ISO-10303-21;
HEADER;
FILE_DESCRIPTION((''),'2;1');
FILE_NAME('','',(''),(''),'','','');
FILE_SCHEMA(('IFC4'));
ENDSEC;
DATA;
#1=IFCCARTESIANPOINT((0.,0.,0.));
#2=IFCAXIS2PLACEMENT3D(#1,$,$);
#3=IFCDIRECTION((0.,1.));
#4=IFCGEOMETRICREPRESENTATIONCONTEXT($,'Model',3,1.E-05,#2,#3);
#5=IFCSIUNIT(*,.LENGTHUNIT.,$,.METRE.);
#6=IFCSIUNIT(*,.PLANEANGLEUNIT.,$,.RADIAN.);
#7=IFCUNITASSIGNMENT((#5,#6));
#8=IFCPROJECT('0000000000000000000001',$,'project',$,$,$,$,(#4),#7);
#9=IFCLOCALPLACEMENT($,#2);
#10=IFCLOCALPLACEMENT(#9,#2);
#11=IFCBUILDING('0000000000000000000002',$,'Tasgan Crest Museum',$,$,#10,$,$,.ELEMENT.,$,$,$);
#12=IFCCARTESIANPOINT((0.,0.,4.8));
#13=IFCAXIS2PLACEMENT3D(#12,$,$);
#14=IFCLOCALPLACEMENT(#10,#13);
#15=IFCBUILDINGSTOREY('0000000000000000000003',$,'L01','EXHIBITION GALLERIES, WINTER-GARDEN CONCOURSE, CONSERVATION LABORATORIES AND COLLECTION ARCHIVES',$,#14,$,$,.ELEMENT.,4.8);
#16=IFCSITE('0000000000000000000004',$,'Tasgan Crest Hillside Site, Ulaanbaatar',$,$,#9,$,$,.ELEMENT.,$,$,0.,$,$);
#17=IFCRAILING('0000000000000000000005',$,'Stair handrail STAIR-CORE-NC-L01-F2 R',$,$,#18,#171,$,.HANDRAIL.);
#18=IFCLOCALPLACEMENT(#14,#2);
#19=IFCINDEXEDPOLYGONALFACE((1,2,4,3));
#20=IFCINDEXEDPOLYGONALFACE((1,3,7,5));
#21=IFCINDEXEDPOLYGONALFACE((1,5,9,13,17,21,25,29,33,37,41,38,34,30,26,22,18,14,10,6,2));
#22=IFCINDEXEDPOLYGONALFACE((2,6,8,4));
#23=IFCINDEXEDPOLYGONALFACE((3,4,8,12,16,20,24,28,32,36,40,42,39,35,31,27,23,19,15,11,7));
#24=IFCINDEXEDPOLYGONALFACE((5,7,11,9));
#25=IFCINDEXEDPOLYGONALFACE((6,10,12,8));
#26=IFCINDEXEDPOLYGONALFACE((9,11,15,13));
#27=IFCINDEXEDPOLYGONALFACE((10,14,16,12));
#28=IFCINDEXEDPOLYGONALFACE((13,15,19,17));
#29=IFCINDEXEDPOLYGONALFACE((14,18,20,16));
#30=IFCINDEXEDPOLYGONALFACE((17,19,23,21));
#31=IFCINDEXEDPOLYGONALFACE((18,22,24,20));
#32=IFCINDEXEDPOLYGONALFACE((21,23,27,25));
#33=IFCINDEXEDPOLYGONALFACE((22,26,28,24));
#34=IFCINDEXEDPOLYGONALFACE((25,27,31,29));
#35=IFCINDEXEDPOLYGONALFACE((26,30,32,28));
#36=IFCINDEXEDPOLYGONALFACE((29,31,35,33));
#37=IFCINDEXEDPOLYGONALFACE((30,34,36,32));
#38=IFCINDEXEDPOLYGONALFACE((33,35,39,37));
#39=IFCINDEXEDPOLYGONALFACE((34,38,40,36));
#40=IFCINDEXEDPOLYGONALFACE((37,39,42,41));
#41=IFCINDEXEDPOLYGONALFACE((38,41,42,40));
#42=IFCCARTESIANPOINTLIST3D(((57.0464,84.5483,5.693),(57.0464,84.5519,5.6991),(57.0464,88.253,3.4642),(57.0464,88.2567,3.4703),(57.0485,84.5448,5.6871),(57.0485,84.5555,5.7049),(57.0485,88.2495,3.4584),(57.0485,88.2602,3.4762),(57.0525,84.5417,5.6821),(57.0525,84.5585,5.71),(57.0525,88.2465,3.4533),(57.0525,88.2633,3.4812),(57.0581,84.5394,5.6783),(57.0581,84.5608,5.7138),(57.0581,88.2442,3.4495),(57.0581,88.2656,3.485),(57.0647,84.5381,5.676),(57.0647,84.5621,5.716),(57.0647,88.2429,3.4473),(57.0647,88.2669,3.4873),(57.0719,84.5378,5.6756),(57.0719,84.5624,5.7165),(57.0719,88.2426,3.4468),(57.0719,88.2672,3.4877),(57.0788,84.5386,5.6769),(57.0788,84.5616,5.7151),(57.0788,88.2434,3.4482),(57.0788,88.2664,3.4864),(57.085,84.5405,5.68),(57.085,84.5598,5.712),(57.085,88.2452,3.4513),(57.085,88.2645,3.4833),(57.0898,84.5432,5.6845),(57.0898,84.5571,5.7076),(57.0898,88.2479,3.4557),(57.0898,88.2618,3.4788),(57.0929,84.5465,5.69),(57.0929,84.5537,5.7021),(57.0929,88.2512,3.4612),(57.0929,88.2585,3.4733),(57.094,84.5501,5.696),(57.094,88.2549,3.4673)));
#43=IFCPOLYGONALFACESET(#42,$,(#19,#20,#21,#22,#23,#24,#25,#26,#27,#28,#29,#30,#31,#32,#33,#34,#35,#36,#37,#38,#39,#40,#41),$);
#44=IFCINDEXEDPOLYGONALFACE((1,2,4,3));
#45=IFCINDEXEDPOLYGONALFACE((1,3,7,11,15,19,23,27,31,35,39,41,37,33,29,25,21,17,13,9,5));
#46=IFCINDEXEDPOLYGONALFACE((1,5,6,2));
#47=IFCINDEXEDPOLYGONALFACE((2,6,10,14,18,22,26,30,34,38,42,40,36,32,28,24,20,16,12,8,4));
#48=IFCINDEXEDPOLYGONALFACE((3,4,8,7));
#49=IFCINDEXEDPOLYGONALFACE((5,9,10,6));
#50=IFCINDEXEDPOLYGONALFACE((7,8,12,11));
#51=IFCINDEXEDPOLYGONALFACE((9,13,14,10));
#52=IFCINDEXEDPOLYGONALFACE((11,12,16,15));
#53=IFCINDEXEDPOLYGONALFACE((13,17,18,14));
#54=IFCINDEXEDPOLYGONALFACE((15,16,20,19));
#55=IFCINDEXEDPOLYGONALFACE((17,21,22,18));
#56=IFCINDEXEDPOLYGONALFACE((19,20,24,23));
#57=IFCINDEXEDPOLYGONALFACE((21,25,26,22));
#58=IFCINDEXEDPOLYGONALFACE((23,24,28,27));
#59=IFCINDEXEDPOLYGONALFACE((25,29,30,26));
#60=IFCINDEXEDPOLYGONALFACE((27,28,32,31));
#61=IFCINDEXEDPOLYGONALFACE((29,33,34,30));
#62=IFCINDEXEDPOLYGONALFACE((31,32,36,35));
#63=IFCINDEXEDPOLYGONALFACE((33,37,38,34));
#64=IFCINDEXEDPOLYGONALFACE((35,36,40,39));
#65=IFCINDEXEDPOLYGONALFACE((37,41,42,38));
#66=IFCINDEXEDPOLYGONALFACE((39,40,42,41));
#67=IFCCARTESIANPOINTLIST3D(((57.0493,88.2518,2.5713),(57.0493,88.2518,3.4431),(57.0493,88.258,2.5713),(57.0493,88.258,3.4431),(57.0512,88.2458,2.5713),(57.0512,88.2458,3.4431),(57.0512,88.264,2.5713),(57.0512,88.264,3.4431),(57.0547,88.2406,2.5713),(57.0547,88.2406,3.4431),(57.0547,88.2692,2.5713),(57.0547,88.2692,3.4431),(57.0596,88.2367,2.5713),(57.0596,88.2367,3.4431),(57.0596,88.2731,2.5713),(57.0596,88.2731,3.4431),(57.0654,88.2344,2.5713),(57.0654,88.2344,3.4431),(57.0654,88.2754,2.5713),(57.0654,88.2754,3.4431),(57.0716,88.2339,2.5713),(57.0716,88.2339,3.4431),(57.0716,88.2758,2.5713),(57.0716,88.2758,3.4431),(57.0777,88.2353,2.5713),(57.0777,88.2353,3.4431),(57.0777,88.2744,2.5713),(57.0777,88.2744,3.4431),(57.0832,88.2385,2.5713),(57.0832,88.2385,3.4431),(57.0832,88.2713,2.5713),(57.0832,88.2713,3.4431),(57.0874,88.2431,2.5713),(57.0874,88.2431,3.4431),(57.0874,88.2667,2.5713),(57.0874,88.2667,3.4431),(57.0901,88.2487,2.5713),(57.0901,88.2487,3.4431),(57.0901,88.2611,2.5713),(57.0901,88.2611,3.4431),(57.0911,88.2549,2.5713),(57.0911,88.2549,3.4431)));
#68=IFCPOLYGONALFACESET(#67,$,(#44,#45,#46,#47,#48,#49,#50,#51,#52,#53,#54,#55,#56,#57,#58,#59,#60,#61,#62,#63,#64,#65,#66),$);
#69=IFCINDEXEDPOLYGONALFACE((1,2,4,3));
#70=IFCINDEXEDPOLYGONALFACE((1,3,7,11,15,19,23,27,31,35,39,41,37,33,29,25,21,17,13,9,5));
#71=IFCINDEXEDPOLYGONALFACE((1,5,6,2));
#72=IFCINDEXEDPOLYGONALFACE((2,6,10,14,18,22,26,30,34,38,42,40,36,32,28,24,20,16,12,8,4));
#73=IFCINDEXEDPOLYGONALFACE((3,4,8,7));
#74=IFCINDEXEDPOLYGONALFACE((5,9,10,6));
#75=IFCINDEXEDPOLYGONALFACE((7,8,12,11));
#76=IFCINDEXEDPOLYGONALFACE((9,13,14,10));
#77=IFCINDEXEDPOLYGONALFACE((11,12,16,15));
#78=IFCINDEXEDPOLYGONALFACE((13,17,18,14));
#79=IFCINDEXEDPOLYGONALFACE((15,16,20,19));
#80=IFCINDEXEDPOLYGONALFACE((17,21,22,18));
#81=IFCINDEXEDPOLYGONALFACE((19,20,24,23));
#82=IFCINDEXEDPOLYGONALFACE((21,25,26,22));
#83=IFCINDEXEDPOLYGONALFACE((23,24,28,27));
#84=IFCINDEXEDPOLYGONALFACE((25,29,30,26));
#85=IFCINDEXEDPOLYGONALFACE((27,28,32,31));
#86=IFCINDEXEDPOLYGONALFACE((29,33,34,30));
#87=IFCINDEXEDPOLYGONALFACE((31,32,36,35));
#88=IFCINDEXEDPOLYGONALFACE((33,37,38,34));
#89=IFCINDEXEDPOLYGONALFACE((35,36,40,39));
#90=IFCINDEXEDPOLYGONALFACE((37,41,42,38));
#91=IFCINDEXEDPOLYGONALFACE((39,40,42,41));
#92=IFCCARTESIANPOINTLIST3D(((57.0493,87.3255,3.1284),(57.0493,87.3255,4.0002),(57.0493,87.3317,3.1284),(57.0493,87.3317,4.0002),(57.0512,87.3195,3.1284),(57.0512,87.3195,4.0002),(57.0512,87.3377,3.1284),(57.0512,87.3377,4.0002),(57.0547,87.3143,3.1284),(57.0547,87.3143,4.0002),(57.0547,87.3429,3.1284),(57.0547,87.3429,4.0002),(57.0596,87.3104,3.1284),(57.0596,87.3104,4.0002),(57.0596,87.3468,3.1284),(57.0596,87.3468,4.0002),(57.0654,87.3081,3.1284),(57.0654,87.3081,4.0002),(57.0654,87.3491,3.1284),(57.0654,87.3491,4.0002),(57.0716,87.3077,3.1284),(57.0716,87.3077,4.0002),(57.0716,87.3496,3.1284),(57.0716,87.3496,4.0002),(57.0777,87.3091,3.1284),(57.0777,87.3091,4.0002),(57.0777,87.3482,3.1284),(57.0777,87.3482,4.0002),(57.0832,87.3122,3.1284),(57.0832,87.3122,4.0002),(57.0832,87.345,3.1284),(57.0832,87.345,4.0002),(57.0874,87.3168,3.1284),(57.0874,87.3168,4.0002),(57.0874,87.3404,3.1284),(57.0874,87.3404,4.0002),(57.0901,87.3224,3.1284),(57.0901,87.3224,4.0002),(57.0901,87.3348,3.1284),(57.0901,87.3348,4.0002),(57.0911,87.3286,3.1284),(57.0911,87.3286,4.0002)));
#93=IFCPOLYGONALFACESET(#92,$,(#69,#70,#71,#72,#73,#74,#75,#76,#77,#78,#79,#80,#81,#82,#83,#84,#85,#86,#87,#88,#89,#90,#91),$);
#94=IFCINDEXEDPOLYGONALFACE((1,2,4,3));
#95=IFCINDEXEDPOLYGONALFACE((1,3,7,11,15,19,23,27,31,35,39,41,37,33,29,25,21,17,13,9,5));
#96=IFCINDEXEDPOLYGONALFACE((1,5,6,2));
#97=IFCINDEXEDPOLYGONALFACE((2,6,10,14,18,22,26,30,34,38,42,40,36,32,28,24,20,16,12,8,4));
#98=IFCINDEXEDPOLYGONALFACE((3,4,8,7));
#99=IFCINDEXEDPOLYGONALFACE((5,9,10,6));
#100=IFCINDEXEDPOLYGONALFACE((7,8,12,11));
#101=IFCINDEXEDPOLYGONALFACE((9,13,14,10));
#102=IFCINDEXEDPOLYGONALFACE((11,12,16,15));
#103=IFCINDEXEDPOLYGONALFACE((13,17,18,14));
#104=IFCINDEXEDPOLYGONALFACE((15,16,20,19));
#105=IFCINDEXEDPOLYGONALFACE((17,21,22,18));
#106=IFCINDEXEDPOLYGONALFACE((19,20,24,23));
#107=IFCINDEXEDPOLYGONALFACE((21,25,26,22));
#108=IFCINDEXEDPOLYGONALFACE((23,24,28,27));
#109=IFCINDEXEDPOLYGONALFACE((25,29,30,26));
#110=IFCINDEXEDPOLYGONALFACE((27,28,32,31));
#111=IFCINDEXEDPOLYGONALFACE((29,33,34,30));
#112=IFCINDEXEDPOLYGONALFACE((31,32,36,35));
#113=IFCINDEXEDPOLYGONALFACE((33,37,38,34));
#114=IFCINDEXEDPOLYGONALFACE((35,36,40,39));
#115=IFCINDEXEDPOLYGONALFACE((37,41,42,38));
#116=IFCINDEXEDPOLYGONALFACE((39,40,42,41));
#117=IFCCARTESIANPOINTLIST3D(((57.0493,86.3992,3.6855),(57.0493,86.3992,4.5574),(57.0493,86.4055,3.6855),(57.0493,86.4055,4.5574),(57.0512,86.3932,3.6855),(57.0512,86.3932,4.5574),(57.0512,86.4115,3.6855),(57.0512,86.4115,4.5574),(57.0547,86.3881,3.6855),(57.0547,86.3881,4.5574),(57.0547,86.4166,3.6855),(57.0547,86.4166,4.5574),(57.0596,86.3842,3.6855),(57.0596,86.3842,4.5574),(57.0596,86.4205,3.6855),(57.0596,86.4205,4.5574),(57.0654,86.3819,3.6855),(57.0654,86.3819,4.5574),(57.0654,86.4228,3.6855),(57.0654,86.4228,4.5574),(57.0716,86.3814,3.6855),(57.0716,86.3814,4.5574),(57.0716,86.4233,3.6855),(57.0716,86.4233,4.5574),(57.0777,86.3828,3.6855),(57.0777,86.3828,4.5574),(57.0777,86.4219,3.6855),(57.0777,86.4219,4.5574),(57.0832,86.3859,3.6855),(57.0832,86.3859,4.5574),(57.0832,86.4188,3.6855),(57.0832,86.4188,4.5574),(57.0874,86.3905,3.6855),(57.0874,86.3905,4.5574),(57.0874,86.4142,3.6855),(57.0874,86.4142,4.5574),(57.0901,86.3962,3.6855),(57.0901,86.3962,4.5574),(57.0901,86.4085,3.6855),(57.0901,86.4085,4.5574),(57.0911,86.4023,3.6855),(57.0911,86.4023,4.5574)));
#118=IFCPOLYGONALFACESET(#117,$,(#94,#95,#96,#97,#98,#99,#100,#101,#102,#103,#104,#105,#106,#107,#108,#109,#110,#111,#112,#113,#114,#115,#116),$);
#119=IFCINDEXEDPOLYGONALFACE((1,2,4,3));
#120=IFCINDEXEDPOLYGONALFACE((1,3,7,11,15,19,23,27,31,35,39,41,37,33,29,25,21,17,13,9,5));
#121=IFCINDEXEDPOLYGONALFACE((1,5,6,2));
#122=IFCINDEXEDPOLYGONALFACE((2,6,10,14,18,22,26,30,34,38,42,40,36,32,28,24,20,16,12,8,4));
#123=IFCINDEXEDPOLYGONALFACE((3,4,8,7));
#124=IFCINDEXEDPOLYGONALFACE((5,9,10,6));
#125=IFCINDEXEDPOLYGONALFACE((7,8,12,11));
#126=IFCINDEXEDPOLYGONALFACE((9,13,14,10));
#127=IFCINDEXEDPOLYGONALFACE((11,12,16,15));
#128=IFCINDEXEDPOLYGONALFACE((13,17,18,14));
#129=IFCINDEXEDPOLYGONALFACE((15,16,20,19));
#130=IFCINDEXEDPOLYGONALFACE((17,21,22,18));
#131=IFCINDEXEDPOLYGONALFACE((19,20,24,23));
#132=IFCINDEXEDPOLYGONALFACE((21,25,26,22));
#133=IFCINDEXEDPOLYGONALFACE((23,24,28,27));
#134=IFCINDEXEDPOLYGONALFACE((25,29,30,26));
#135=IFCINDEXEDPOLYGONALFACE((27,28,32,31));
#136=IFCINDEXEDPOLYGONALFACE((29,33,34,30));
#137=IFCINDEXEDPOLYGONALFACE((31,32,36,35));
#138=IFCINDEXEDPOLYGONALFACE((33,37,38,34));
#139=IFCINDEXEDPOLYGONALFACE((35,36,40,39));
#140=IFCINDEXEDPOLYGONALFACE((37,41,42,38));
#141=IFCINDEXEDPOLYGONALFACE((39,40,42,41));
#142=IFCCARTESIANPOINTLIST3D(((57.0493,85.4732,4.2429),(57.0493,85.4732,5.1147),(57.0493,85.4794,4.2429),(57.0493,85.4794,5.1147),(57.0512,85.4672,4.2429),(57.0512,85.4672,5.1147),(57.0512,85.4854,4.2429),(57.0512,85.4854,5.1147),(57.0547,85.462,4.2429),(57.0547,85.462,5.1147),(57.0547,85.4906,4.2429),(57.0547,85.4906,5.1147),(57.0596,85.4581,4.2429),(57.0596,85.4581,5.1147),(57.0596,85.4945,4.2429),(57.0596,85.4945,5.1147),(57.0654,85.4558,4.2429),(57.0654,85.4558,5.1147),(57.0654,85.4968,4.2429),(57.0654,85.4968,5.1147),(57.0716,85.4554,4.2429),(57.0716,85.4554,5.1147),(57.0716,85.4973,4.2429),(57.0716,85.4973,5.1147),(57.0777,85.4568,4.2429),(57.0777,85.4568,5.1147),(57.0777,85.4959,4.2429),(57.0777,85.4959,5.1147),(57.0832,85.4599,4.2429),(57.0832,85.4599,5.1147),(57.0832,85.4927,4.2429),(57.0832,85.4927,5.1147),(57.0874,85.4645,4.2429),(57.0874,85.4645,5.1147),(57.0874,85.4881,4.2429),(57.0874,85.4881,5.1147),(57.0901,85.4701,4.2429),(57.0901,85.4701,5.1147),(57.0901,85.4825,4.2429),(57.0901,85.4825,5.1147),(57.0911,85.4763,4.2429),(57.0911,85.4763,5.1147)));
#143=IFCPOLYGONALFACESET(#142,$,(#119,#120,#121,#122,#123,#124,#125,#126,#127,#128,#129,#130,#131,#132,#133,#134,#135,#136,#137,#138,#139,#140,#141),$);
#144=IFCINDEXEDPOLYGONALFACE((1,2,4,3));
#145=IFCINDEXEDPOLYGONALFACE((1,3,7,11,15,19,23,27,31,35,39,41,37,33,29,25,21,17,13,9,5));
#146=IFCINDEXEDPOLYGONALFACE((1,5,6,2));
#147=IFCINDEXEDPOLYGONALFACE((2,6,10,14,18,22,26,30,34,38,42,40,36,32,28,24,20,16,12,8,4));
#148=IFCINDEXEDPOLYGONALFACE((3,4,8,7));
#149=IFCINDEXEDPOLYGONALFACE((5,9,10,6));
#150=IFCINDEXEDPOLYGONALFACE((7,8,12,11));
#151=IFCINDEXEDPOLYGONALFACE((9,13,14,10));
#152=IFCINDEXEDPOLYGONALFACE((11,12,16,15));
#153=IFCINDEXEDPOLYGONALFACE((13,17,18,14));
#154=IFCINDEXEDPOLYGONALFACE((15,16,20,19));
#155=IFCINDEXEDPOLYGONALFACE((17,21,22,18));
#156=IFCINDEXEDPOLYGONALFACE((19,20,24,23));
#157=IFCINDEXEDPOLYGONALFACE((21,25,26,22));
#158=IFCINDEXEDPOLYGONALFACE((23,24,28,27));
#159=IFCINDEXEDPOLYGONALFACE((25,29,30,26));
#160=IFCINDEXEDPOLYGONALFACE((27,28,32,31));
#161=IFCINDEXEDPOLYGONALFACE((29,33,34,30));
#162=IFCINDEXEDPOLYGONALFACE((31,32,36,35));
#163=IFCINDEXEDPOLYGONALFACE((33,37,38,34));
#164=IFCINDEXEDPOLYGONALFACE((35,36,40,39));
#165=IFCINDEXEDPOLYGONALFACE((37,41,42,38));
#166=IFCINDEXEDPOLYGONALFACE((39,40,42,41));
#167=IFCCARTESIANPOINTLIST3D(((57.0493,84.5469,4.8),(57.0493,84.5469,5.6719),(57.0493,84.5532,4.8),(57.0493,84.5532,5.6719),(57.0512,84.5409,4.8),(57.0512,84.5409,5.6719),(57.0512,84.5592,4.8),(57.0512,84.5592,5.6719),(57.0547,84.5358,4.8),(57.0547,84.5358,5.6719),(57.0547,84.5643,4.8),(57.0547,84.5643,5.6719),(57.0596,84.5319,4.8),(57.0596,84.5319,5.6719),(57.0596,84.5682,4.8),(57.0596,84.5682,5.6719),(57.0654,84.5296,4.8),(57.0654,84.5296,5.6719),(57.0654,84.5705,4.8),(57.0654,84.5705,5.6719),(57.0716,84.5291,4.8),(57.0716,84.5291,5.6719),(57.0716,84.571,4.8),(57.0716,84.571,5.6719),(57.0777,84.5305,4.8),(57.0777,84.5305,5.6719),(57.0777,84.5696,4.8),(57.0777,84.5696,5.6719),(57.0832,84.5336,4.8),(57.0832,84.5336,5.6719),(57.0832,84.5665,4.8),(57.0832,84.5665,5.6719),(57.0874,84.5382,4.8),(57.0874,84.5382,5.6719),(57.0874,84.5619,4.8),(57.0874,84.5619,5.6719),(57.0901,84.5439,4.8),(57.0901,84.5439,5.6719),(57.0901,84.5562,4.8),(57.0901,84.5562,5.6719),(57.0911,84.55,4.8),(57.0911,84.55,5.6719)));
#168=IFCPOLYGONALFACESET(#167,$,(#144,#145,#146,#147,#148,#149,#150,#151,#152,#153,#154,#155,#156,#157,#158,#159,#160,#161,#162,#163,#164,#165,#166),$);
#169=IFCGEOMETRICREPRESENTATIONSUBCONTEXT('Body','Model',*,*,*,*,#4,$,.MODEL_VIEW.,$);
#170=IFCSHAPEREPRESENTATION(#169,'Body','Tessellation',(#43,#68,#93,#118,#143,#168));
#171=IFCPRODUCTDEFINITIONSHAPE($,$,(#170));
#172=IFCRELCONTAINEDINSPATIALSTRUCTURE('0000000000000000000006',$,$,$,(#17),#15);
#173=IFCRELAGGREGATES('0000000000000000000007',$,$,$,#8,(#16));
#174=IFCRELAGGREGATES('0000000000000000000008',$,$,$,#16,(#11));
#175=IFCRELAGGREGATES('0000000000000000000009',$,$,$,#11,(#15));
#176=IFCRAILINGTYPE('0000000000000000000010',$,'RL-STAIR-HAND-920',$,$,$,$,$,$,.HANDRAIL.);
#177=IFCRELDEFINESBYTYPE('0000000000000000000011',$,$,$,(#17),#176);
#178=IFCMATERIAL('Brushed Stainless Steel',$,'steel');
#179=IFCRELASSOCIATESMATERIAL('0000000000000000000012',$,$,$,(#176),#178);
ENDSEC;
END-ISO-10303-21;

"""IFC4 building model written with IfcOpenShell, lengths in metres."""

from ifc_helpers import new_model, si_unit, direction, frame, origin, origin_2d, place, context, subcontext, project, spatial, circle, extrude, material, type_object, element, save


model = new_model("IFC4")

# Units and contexts
model_context = context("Model", 3, precision=1e-05, world=origin(), true_north=direction((0.0, 1.0)))
body_context = subcontext(model_context, "Body", "Model", "MODEL_VIEW")
ifc_project = project(units=[si_unit("LENGTHUNIT", "METRE"), si_unit("PLANEANGLEUNIT", "RADIAN")], contexts=[model_context])

# Site, building, storey
site_placement = place(None, origin())
site = spatial("IfcSite", under=ifc_project, at=site_placement, Name="Tasgan Crest Hillside Site, Ulaanbaatar", CompositionType="ELEMENT", RefElevation=0.0)
building_placement = place(site_placement, origin())
building = spatial("IfcBuilding", under=site, at=building_placement, Name="Tasgan Crest Museum", CompositionType="ELEMENT")
storey_placement = place(building_placement, frame((0.0, 0.0, 4.8)))
storey = spatial("IfcBuildingStorey", under=building, at=storey_placement, Name="L01", Description="EXHIBITION GALLERIES, WINTER-GARDEN CONCOURSE, CONSERVATION LABORATORIES AND COLLECTION ARCHIVES", CompositionType="ELEMENT", Elevation=4.8)

# Railing
ifc_material_1 = material(Name="Brushed Stainless Steel", Category="steel")
railing_type_1 = type_object("IfcRailingType", Name="RL-STAIR-HAND-920", PredefinedType="HANDRAIL", material=ifc_material_1)
for number, where, name in (
    (1, (57.0701, 88.2549, 2.5713), "Stair handrail STAIR-CORE-NC-L01-F2 R"),
):
    element("IfcRailing", number, at=place(storey_placement, frame(where)), inside=storey, type_object=railing_type_1, Name=name, PredefinedType="HANDRAIL", context=body_context, shape_type="SweptSolid", body=[
        extrude(circle(Radius=0.0239, at=origin_2d()), frame((0.0, 0.0, 0.896), z_axis=(0.0, -0.856894, 0.515492), x_axis=(1.0, 0.0, 0.0)), (0.0, 0.0, 1.0), 4.3235),
        extrude(circle(Radius=0.021, at=origin_2d()), origin(), (0.0, 0.0, 1.0), 0.8718),
        extrude(circle(Radius=0.021, at=origin_2d()), frame((0.0, -0.9263, 0.5571)), (0.0, 0.0, 1.0), 0.8718),
        extrude(circle(Radius=0.021, at=origin_2d()), frame((0.0, -1.8525, 1.1143)), (0.0, 0.0, 1.0), 0.8718),
        extrude(circle(Radius=0.021, at=origin_2d()), frame((0.0, -2.7786, 1.6716)), (0.0, 0.0, 1.0), 0.8718),
        extrude(circle(Radius=0.021, at=origin_2d()), frame((0.0, -3.7048, 2.2288)), (0.0, 0.0, 1.0), 0.8718),
    ])

save(model, "model.ifc")
